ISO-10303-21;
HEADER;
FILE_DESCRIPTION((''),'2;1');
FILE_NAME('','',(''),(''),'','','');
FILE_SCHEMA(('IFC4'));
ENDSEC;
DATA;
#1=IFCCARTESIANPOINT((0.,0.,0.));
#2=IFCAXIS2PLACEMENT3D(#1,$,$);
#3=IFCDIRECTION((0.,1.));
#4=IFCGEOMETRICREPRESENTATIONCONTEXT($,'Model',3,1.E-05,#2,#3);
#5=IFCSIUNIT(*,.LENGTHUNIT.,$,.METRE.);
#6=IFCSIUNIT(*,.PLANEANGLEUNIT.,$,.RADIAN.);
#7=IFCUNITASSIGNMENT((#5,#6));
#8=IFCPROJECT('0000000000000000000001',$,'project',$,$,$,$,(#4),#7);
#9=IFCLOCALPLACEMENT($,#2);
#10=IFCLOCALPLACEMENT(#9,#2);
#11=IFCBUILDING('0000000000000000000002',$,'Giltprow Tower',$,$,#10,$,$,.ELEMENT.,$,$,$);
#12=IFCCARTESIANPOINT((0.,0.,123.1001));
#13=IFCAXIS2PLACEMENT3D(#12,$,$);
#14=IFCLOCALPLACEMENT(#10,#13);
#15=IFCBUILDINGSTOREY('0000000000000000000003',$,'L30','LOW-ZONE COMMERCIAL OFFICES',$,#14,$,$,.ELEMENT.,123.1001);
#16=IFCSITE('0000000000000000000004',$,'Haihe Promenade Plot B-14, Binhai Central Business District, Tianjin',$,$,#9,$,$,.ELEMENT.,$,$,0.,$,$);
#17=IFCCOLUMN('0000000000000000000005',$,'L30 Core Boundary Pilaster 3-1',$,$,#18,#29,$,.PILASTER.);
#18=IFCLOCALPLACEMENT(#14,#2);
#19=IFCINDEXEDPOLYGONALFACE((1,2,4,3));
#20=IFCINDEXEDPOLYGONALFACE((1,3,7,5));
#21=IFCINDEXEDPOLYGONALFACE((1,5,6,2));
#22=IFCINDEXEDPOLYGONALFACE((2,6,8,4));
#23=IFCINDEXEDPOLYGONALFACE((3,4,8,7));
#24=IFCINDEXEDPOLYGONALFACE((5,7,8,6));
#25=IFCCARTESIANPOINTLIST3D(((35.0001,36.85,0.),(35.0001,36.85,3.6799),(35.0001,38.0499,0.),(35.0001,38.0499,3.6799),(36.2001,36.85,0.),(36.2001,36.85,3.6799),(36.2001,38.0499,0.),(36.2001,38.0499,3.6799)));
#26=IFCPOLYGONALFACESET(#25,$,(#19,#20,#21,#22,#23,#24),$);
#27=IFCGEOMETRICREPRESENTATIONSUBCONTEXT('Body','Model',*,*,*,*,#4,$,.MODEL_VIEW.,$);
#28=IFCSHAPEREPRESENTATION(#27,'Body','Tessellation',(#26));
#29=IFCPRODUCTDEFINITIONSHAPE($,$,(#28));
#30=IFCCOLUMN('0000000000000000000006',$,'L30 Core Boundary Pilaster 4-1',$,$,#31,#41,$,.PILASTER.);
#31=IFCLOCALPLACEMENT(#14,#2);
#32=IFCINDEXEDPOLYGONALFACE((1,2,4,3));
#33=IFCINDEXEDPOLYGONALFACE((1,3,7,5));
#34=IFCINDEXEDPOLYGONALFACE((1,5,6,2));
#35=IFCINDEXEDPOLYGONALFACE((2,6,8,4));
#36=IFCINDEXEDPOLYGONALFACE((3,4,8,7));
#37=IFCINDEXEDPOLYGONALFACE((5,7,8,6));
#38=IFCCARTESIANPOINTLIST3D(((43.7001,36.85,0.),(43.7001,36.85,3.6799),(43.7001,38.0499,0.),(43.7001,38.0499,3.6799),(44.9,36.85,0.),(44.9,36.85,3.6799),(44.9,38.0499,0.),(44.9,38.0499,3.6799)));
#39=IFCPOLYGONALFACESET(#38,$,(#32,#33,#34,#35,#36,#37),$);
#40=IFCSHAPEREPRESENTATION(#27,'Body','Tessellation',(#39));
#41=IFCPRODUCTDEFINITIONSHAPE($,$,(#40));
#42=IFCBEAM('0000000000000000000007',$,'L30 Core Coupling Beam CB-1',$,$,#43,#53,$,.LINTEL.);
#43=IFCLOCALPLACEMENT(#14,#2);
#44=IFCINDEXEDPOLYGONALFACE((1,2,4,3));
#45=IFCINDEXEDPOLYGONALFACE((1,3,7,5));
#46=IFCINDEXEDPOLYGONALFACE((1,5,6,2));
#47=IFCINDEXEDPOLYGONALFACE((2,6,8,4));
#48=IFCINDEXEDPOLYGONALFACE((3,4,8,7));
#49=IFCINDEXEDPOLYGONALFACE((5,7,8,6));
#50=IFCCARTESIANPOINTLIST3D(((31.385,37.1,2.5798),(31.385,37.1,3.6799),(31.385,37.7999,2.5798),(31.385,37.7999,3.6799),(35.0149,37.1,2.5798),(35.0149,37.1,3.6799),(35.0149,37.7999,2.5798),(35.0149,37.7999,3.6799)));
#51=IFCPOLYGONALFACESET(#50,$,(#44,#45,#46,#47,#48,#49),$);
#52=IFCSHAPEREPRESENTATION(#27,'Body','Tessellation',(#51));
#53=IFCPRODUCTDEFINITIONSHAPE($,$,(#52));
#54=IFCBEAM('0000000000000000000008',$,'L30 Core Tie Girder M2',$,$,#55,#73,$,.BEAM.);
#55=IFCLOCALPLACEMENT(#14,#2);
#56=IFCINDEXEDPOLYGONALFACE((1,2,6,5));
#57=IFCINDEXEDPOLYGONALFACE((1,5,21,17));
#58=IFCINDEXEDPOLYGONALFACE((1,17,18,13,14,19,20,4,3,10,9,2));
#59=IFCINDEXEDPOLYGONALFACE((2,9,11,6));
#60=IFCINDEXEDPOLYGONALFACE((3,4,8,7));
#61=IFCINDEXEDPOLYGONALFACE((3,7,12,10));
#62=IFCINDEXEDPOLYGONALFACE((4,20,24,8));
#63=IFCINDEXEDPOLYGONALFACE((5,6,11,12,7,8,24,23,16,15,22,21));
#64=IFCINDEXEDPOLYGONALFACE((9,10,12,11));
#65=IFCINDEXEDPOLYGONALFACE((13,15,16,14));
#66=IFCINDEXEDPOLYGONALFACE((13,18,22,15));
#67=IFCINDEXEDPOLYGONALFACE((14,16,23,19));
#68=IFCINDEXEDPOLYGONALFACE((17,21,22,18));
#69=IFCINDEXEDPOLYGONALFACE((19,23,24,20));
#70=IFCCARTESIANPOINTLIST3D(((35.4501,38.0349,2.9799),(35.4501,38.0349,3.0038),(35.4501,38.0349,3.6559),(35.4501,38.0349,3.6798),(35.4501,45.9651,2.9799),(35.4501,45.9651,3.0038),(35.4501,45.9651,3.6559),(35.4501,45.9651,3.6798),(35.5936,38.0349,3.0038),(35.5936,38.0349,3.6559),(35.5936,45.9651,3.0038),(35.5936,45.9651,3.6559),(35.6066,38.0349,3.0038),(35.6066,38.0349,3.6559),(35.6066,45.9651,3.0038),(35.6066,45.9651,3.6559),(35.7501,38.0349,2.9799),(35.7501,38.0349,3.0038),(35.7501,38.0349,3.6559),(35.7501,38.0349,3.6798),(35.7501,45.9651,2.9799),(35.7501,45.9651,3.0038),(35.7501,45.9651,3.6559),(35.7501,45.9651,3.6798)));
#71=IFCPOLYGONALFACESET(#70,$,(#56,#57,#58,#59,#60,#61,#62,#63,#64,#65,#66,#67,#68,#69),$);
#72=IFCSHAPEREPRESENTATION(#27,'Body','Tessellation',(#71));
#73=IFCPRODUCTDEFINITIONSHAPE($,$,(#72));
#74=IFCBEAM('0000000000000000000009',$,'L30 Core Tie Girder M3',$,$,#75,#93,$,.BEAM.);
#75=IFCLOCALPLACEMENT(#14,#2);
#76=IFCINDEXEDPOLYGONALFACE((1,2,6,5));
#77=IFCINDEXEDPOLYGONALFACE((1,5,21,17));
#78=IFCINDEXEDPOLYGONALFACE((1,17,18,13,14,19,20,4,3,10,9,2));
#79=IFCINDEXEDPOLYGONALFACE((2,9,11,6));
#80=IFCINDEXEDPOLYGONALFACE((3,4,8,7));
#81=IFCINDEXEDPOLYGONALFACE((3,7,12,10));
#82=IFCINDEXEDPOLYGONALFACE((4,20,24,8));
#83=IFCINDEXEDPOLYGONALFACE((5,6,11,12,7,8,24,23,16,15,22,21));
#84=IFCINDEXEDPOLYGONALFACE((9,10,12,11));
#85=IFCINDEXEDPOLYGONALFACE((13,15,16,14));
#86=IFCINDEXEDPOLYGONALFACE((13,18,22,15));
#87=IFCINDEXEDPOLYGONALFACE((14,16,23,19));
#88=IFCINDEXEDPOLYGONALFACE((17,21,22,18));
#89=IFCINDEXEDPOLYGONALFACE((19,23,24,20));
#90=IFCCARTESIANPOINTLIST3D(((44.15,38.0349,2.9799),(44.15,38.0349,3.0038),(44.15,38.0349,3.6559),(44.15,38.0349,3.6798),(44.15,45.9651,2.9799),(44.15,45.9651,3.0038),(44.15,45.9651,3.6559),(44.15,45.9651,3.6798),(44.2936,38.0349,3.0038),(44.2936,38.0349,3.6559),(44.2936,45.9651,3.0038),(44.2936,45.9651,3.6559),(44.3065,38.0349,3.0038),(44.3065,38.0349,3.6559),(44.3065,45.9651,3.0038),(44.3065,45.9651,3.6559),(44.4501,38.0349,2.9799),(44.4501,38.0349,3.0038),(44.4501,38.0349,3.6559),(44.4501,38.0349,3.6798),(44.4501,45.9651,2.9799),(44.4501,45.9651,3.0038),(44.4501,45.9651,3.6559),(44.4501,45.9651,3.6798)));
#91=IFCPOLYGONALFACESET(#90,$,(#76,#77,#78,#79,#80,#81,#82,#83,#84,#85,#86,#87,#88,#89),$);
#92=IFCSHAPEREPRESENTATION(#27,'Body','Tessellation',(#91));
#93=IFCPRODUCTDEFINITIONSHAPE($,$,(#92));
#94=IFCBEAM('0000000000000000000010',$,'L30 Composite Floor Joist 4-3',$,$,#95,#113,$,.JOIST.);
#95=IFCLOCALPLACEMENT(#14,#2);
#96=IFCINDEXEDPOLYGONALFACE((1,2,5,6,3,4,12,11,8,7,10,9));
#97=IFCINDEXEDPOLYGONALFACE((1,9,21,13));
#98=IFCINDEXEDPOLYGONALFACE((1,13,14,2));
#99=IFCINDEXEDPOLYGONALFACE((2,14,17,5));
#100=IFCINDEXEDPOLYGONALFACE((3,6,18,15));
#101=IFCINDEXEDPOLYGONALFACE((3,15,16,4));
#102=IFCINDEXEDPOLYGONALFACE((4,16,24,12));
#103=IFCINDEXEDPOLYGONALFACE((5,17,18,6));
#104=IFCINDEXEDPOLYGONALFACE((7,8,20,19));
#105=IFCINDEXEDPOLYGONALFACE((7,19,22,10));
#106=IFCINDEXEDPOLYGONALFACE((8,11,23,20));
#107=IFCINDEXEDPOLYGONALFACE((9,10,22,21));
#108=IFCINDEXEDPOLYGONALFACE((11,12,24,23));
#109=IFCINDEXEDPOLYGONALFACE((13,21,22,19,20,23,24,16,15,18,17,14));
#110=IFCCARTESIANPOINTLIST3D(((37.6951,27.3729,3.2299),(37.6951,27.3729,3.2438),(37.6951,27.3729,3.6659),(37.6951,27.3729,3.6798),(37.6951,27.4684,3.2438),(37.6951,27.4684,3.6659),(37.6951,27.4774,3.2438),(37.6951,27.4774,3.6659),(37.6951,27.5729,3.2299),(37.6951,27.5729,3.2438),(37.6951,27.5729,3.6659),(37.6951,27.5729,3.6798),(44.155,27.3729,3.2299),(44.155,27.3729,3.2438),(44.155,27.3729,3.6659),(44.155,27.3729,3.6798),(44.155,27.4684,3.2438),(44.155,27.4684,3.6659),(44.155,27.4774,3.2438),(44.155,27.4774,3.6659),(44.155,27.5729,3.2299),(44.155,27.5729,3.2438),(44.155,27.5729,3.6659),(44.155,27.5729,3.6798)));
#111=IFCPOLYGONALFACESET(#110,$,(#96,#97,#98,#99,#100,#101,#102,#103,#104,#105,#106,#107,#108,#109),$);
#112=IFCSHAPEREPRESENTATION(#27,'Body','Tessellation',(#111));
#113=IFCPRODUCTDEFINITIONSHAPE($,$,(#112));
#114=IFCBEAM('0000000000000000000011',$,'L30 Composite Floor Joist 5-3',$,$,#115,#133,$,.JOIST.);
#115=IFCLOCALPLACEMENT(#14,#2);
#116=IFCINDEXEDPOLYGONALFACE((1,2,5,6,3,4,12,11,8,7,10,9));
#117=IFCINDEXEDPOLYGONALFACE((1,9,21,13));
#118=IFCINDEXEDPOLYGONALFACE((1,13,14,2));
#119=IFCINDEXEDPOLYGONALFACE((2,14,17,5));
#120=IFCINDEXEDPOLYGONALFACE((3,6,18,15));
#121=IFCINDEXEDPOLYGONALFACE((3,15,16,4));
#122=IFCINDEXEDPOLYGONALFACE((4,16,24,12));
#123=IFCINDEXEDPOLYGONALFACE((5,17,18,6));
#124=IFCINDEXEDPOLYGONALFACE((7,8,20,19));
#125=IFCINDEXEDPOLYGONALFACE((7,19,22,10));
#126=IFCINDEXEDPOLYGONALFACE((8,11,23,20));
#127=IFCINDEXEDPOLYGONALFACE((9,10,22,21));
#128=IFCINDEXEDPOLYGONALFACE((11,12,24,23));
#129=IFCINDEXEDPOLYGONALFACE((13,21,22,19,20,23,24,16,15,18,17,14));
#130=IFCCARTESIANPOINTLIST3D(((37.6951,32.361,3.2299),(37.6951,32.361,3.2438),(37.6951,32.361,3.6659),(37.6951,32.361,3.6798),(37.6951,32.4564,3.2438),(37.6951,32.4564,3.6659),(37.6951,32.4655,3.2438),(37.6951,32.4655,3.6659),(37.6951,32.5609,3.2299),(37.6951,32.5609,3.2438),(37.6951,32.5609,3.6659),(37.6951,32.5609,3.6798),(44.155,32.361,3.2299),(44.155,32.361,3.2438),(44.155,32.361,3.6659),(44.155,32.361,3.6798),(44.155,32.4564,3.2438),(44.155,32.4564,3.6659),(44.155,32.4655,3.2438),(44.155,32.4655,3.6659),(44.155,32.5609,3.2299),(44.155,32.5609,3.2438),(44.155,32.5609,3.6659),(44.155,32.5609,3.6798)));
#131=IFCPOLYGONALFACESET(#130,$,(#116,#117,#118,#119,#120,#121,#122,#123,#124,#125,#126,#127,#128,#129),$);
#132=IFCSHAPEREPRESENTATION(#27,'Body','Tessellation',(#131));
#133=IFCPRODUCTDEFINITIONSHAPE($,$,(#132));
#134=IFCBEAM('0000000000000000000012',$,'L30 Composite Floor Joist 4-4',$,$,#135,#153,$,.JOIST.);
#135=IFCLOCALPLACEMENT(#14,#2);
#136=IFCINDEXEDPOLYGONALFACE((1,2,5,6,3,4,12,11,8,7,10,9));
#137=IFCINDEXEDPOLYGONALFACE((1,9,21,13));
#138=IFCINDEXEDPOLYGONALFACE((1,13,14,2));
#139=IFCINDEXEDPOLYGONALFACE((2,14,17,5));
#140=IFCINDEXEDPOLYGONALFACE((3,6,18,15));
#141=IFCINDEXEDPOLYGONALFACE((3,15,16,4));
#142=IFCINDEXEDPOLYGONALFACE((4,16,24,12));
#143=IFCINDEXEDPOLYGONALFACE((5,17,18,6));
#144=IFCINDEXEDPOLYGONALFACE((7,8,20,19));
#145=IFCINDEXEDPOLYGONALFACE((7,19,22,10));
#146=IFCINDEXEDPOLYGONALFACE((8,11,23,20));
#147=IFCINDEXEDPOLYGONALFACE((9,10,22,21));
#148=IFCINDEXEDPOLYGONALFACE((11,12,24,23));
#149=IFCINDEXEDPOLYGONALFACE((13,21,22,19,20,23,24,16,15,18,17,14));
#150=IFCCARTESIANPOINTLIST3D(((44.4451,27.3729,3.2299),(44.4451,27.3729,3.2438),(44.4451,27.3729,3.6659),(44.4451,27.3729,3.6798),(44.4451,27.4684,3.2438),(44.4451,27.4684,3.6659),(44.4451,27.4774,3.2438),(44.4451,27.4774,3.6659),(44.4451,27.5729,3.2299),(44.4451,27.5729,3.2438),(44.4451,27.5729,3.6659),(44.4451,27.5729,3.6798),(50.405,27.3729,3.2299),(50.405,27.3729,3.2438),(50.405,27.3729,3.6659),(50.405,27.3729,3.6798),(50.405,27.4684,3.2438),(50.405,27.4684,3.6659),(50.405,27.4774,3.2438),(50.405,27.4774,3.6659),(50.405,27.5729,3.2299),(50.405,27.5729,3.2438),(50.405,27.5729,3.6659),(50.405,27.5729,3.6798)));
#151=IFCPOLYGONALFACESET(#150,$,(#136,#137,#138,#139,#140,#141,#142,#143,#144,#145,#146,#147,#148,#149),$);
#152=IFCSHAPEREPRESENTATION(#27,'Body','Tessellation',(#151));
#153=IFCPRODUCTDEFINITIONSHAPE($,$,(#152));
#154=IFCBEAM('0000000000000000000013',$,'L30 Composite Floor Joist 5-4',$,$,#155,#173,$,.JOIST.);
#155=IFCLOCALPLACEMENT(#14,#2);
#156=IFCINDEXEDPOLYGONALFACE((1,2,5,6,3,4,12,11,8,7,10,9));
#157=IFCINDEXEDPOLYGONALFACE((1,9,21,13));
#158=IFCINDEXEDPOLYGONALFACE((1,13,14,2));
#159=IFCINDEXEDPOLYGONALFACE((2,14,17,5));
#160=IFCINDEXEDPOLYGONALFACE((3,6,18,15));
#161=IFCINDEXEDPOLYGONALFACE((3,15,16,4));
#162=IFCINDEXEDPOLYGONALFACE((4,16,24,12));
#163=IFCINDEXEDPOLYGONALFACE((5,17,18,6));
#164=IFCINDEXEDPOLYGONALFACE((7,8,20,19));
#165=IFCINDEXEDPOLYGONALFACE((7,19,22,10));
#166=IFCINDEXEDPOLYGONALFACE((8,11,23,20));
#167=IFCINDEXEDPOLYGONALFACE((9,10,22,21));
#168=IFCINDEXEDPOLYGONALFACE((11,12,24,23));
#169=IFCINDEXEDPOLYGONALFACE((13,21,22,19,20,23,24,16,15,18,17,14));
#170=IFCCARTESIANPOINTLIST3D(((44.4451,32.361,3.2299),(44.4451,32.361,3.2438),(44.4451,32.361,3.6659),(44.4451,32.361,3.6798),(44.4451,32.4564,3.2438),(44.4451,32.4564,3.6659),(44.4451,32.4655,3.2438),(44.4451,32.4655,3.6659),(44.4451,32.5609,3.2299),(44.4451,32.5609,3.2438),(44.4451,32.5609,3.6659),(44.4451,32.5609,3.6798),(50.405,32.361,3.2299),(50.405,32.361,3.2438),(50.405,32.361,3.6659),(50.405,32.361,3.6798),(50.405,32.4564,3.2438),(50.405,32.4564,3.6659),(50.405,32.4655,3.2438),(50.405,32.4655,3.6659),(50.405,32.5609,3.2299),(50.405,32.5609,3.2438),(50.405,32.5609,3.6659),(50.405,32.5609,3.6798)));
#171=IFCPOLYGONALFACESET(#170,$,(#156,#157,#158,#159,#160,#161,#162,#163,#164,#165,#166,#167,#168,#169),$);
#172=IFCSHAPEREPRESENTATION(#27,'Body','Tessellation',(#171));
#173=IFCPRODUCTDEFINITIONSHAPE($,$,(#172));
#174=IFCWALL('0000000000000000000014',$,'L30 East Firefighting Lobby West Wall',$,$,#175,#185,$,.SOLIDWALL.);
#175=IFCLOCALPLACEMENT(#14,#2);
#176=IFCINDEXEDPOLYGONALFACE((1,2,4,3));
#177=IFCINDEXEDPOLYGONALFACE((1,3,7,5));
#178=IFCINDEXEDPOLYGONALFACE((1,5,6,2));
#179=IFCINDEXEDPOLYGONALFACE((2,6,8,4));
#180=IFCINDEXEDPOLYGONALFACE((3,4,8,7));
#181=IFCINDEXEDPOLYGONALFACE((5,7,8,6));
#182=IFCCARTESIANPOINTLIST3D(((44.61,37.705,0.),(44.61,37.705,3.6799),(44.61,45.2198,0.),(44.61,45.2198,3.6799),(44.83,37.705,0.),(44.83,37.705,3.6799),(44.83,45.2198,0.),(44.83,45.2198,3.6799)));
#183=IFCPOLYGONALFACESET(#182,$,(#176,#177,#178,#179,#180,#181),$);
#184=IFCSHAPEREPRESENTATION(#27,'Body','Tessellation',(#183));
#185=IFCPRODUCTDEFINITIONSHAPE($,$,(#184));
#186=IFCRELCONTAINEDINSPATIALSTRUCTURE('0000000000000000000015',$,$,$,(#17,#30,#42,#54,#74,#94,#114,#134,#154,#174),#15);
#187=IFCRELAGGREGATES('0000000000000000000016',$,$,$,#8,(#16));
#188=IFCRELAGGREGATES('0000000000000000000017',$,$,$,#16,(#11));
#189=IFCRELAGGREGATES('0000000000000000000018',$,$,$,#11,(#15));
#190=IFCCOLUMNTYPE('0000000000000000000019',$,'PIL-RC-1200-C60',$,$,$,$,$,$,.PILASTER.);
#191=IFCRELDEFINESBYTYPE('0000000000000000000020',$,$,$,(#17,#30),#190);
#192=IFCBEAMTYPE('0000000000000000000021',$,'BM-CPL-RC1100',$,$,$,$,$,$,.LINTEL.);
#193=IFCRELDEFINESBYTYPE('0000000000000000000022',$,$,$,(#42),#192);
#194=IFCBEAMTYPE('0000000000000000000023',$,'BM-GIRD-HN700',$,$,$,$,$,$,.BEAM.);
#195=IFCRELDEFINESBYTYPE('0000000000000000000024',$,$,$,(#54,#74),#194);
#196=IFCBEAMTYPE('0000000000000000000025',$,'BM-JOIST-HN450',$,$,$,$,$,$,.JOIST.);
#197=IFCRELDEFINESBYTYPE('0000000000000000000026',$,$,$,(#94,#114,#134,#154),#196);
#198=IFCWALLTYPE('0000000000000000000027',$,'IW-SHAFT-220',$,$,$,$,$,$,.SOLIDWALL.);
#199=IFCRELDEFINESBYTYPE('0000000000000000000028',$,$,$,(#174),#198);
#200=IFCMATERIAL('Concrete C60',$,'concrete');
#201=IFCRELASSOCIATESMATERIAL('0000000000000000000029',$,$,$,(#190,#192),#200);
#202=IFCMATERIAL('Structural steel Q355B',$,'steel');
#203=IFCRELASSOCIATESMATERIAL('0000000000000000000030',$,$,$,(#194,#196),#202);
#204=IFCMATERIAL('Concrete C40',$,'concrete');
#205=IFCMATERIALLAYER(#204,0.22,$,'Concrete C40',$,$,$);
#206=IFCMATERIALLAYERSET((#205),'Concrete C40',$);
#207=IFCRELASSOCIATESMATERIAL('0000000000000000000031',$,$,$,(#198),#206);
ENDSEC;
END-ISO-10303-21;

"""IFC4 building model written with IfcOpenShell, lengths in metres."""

from ifc_helpers import new_model, si_unit, direction, frame, frame_2d, origin, origin_2d, place, context, subcontext, project, spatial, rectangle, i_section, extrude, source, transform, mapped, material, layer, layer_set, material_profile, profile_set, type_object, element, save


model = new_model("IFC4")

# Units and contexts
model_context = context("Model", 3, precision=1e-05, world=origin(), true_north=direction((0.0, 1.0)))
body_context = subcontext(model_context, "Body", "Model", "MODEL_VIEW")
ifc_project = project(units=[si_unit("LENGTHUNIT", "METRE"), si_unit("PLANEANGLEUNIT", "RADIAN")], contexts=[model_context])

# Site, building, storey
site_placement = place(None, origin())
site = spatial("IfcSite", under=ifc_project, at=site_placement, Name="Haihe Promenade Plot B-14, Binhai Central Business District, Tianjin", CompositionType="ELEMENT", RefElevation=0.0)
building_placement = place(site_placement, origin())
building = spatial("IfcBuilding", under=site, at=building_placement, Name="Giltprow Tower", CompositionType="ELEMENT")
storey_placement = place(building_placement, frame((0.0, 0.0, 123.1001)))
storey = spatial("IfcBuildingStorey", under=building, at=storey_placement, Name="L30", Description="LOW-ZONE COMMERCIAL OFFICES", CompositionType="ELEMENT", Elevation=123.1001)

# Columns
ifc_material_1 = material(Name="Concrete C60", Category="concrete")
ifc_material_profile_1 = material_profile(ifc_material_1, rectangle(XDim=1.2, YDim=1.2, at=origin_2d()), Name="RC 1200x1200")
ifc_profile_set_1 = profile_set([ifc_material_profile_1], Name="Concrete C60")
column_type = type_object("IfcColumnType", Name="PIL-RC-1200-C60", PredefinedType="PILASTER", material=ifc_profile_set_1)
shared_shape_1 = source(origin(), body_context, "Body", "SweptSolid", [
    extrude(rectangle(XDim=1.2, YDim=1.2, at=origin_2d()), origin(), (0.0, 0.0, 1.0), 3.6799),
])
for number, where, z_axis, x_axis, name in (
    (1, (35.6001, 37.45, 0.0), (0.0, 0.0, 1.0), (1.0, 0.0, 0.0), "L30 Core Boundary Pilaster 3-1"),
    (2, (44.3, 37.45, 0.0), (0.0, 0.0, 1.0), (1.0, 0.0, 0.0), "L30 Core Boundary Pilaster 4-1"),
):
    element("IfcColumn", number, at=place(storey_placement, frame(where, z_axis=z_axis, x_axis=x_axis)), inside=storey, type_object=column_type, Name=name, PredefinedType="PILASTER", context=body_context, shape_type="MappedRepresentation", body=[
        mapped(shared_shape_1, transform((0.0, 0.0, 0.0), x_axis=(1.0, 0.0, 0.0), y_axis=(0.0, 1.0, 0.0), z_axis=(0.0, 0.0, 1.0), scale=1.0)),
    ])

# Beams
ifc_material_profile_2 = material_profile(ifc_material_1, rectangle(XDim=0.7, YDim=1.1001, at=origin_2d()), Name="RC 1100x700")
ifc_profile_set_2 = profile_set([ifc_material_profile_2], Name="Concrete C60")
beam_type_1 = type_object("IfcBeamType", Name="BM-CPL-RC1100", PredefinedType="LINTEL", material=ifc_profile_set_2)
shared_shape_2 = source(origin(), body_context, "Body", "SweptSolid", [
    extrude(rectangle(XDim=0.7, YDim=1.1001, at=origin_2d()), origin(), (0.0, 0.0, 1.0), 3.6299),
])
beam_placement = place(storey_placement, frame((31.385, 37.45, 3.1299), z_axis=(1.0, 0.0, 0.0), x_axis=(0.0, 1.0, 0.0)))
element("IfcBeam", 3, at=beam_placement, inside=storey, type_object=beam_type_1, Name="L30 Core Coupling Beam CB-1", PredefinedType="LINTEL", context=body_context, shape_type="MappedRepresentation", body=[
    mapped(shared_shape_2, transform((0.0, 0.0, 0.0), x_axis=(1.0, 0.0, 0.0), y_axis=(0.0, 1.0, 0.0), z_axis=(0.0, 0.0, 1.0), scale=1.0)),
])
ifc_material_2 = material(Name="Structural steel Q355B", Category="steel")
ifc_material_profile_3 = material_profile(ifc_material_2, i_section(OverallWidth=0.3, OverallDepth=0.7, WebThickness=0.0129, FlangeThickness=0.0239, at=origin_2d()), Name="HN 700x300x13x24")
ifc_profile_set_3 = profile_set([ifc_material_profile_3], Name="Structural steel Q355B")
beam_type_2 = type_object("IfcBeamType", Name="BM-GIRD-HN700", PredefinedType="BEAM", material=ifc_profile_set_3)
shared_shape_3 = source(origin(), body_context, "Body", "SweptSolid", [
    extrude(i_section(OverallWidth=0.3, OverallDepth=0.7, WebThickness=0.0129, FlangeThickness=0.0239, at=origin_2d()), origin(), (0.0, 0.0, 1.0), 7.9302),
])
for number, where, z_axis, x_axis, name in (
    (4, (35.6001, 38.0349, 3.3298), (0.0, 1.0, 0.0), (-1.0, 0.0, 0.0), "L30 Core Tie Girder M2"),
    (5, (44.3, 38.0349, 3.3298), (0.0, 1.0, 0.0), (-1.0, 0.0, 0.0), "L30 Core Tie Girder M3"),
):
    element("IfcBeam", number, at=place(storey_placement, frame(where, z_axis=z_axis, x_axis=x_axis)), inside=storey, type_object=beam_type_2, Name=name, PredefinedType="BEAM", context=body_context, shape_type="MappedRepresentation", body=[
        mapped(shared_shape_3, transform((0.0, 0.0, 0.0), x_axis=(1.0, 0.0, 0.0), y_axis=(0.0, 1.0, 0.0), z_axis=(0.0, 0.0, 1.0), scale=1.0)),
    ])
ifc_material_profile_4 = material_profile(ifc_material_2, i_section(OverallWidth=0.2, OverallDepth=0.45, WebThickness=0.009, FlangeThickness=0.0139, at=origin_2d()), Name="HN 450x200x9x14")
ifc_profile_set_4 = profile_set([ifc_material_profile_4], Name="Structural steel Q355B")
beam_type_3 = type_object("IfcBeamType", Name="BM-JOIST-HN450", PredefinedType="JOIST", material=ifc_profile_set_4)
shared_shape_4 = source(origin(), body_context, "Body", "SweptSolid", [
    extrude(i_section(OverallWidth=0.2, OverallDepth=0.45, WebThickness=0.009, FlangeThickness=0.0139, at=origin_2d()), origin(), (0.0, 0.0, 1.0), 6.46),
])
for number, where, z_axis, x_axis, name in (
    (6, (37.6951, 27.4729, 3.4548), (1.0, 0.0, 0.0), (0.0, 1.0, 0.0), "L30 Composite Floor Joist 4-3"),
    (7, (37.6951, 32.4609, 3.4548), (1.0, 0.0, 0.0), (0.0, 1.0, 0.0), "L30 Composite Floor Joist 5-3"),
):
    element("IfcBeam", number, at=place(storey_placement, frame(where, z_axis=z_axis, x_axis=x_axis)), inside=storey, type_object=beam_type_3, Name=name, PredefinedType="JOIST", context=body_context, shape_type="MappedRepresentation", body=[
        mapped(shared_shape_4, transform((0.0, 0.0, 0.0), x_axis=(1.0, 0.0, 0.0), y_axis=(0.0, 1.0, 0.0), z_axis=(0.0, 0.0, 1.0), scale=1.0)),
    ])
shared_shape_5 = source(origin(), body_context, "Body", "SweptSolid", [
    extrude(i_section(OverallWidth=0.2, OverallDepth=0.45, WebThickness=0.009, FlangeThickness=0.0139, at=origin_2d()), origin(), (0.0, 0.0, 1.0), 5.96),
])
for number, where, z_axis, x_axis, name in (
    (8, (44.4451, 27.4729, 3.4548), (1.0, 0.0, 0.0), (0.0, 1.0, 0.0), "L30 Composite Floor Joist 4-4"),
    (9, (44.4451, 32.4609, 3.4548), (1.0, 0.0, 0.0), (0.0, 1.0, 0.0), "L30 Composite Floor Joist 5-4"),
):
    element("IfcBeam", number, at=place(storey_placement, frame(where, z_axis=z_axis, x_axis=x_axis)), inside=storey, type_object=beam_type_3, Name=name, PredefinedType="JOIST", context=body_context, shape_type="MappedRepresentation", body=[
        mapped(shared_shape_5, transform((0.0, 0.0, 0.0), x_axis=(1.0, 0.0, 0.0), y_axis=(0.0, 1.0, 0.0), z_axis=(0.0, 0.0, 1.0), scale=1.0)),
    ])

# Wall
ifc_material_3 = material(Name="Concrete C40", Category="concrete")
ifc_layer_1 = layer(ifc_material_3, 0.22, Name="Concrete C40")
ifc_layer_set_1 = layer_set([ifc_layer_1], Name="Concrete C40")
wall_type_1 = type_object("IfcWallType", Name="IW-SHAFT-220", PredefinedType="SOLIDWALL", material=ifc_layer_set_1)
wall_1_placement = place(storey_placement, frame((44.72, 37.7051, 0.0), z_axis=(0.0, 0.0, 1.0), x_axis=(0.0, 1.0, 0.0)))
element("IfcWall", 10, at=wall_1_placement, inside=storey, type_object=wall_type_1, Name="L30 East Firefighting Lobby West Wall", PredefinedType="SOLIDWALL", context=body_context, shape_type="SweptSolid", body=[
    extrude(rectangle(XDim=7.5149, YDim=0.22, at=frame_2d((3.7573, 0.0))), origin(), (0.0, 0.0, 1.0), 3.6799),
])

save(model, "model.ifc")
